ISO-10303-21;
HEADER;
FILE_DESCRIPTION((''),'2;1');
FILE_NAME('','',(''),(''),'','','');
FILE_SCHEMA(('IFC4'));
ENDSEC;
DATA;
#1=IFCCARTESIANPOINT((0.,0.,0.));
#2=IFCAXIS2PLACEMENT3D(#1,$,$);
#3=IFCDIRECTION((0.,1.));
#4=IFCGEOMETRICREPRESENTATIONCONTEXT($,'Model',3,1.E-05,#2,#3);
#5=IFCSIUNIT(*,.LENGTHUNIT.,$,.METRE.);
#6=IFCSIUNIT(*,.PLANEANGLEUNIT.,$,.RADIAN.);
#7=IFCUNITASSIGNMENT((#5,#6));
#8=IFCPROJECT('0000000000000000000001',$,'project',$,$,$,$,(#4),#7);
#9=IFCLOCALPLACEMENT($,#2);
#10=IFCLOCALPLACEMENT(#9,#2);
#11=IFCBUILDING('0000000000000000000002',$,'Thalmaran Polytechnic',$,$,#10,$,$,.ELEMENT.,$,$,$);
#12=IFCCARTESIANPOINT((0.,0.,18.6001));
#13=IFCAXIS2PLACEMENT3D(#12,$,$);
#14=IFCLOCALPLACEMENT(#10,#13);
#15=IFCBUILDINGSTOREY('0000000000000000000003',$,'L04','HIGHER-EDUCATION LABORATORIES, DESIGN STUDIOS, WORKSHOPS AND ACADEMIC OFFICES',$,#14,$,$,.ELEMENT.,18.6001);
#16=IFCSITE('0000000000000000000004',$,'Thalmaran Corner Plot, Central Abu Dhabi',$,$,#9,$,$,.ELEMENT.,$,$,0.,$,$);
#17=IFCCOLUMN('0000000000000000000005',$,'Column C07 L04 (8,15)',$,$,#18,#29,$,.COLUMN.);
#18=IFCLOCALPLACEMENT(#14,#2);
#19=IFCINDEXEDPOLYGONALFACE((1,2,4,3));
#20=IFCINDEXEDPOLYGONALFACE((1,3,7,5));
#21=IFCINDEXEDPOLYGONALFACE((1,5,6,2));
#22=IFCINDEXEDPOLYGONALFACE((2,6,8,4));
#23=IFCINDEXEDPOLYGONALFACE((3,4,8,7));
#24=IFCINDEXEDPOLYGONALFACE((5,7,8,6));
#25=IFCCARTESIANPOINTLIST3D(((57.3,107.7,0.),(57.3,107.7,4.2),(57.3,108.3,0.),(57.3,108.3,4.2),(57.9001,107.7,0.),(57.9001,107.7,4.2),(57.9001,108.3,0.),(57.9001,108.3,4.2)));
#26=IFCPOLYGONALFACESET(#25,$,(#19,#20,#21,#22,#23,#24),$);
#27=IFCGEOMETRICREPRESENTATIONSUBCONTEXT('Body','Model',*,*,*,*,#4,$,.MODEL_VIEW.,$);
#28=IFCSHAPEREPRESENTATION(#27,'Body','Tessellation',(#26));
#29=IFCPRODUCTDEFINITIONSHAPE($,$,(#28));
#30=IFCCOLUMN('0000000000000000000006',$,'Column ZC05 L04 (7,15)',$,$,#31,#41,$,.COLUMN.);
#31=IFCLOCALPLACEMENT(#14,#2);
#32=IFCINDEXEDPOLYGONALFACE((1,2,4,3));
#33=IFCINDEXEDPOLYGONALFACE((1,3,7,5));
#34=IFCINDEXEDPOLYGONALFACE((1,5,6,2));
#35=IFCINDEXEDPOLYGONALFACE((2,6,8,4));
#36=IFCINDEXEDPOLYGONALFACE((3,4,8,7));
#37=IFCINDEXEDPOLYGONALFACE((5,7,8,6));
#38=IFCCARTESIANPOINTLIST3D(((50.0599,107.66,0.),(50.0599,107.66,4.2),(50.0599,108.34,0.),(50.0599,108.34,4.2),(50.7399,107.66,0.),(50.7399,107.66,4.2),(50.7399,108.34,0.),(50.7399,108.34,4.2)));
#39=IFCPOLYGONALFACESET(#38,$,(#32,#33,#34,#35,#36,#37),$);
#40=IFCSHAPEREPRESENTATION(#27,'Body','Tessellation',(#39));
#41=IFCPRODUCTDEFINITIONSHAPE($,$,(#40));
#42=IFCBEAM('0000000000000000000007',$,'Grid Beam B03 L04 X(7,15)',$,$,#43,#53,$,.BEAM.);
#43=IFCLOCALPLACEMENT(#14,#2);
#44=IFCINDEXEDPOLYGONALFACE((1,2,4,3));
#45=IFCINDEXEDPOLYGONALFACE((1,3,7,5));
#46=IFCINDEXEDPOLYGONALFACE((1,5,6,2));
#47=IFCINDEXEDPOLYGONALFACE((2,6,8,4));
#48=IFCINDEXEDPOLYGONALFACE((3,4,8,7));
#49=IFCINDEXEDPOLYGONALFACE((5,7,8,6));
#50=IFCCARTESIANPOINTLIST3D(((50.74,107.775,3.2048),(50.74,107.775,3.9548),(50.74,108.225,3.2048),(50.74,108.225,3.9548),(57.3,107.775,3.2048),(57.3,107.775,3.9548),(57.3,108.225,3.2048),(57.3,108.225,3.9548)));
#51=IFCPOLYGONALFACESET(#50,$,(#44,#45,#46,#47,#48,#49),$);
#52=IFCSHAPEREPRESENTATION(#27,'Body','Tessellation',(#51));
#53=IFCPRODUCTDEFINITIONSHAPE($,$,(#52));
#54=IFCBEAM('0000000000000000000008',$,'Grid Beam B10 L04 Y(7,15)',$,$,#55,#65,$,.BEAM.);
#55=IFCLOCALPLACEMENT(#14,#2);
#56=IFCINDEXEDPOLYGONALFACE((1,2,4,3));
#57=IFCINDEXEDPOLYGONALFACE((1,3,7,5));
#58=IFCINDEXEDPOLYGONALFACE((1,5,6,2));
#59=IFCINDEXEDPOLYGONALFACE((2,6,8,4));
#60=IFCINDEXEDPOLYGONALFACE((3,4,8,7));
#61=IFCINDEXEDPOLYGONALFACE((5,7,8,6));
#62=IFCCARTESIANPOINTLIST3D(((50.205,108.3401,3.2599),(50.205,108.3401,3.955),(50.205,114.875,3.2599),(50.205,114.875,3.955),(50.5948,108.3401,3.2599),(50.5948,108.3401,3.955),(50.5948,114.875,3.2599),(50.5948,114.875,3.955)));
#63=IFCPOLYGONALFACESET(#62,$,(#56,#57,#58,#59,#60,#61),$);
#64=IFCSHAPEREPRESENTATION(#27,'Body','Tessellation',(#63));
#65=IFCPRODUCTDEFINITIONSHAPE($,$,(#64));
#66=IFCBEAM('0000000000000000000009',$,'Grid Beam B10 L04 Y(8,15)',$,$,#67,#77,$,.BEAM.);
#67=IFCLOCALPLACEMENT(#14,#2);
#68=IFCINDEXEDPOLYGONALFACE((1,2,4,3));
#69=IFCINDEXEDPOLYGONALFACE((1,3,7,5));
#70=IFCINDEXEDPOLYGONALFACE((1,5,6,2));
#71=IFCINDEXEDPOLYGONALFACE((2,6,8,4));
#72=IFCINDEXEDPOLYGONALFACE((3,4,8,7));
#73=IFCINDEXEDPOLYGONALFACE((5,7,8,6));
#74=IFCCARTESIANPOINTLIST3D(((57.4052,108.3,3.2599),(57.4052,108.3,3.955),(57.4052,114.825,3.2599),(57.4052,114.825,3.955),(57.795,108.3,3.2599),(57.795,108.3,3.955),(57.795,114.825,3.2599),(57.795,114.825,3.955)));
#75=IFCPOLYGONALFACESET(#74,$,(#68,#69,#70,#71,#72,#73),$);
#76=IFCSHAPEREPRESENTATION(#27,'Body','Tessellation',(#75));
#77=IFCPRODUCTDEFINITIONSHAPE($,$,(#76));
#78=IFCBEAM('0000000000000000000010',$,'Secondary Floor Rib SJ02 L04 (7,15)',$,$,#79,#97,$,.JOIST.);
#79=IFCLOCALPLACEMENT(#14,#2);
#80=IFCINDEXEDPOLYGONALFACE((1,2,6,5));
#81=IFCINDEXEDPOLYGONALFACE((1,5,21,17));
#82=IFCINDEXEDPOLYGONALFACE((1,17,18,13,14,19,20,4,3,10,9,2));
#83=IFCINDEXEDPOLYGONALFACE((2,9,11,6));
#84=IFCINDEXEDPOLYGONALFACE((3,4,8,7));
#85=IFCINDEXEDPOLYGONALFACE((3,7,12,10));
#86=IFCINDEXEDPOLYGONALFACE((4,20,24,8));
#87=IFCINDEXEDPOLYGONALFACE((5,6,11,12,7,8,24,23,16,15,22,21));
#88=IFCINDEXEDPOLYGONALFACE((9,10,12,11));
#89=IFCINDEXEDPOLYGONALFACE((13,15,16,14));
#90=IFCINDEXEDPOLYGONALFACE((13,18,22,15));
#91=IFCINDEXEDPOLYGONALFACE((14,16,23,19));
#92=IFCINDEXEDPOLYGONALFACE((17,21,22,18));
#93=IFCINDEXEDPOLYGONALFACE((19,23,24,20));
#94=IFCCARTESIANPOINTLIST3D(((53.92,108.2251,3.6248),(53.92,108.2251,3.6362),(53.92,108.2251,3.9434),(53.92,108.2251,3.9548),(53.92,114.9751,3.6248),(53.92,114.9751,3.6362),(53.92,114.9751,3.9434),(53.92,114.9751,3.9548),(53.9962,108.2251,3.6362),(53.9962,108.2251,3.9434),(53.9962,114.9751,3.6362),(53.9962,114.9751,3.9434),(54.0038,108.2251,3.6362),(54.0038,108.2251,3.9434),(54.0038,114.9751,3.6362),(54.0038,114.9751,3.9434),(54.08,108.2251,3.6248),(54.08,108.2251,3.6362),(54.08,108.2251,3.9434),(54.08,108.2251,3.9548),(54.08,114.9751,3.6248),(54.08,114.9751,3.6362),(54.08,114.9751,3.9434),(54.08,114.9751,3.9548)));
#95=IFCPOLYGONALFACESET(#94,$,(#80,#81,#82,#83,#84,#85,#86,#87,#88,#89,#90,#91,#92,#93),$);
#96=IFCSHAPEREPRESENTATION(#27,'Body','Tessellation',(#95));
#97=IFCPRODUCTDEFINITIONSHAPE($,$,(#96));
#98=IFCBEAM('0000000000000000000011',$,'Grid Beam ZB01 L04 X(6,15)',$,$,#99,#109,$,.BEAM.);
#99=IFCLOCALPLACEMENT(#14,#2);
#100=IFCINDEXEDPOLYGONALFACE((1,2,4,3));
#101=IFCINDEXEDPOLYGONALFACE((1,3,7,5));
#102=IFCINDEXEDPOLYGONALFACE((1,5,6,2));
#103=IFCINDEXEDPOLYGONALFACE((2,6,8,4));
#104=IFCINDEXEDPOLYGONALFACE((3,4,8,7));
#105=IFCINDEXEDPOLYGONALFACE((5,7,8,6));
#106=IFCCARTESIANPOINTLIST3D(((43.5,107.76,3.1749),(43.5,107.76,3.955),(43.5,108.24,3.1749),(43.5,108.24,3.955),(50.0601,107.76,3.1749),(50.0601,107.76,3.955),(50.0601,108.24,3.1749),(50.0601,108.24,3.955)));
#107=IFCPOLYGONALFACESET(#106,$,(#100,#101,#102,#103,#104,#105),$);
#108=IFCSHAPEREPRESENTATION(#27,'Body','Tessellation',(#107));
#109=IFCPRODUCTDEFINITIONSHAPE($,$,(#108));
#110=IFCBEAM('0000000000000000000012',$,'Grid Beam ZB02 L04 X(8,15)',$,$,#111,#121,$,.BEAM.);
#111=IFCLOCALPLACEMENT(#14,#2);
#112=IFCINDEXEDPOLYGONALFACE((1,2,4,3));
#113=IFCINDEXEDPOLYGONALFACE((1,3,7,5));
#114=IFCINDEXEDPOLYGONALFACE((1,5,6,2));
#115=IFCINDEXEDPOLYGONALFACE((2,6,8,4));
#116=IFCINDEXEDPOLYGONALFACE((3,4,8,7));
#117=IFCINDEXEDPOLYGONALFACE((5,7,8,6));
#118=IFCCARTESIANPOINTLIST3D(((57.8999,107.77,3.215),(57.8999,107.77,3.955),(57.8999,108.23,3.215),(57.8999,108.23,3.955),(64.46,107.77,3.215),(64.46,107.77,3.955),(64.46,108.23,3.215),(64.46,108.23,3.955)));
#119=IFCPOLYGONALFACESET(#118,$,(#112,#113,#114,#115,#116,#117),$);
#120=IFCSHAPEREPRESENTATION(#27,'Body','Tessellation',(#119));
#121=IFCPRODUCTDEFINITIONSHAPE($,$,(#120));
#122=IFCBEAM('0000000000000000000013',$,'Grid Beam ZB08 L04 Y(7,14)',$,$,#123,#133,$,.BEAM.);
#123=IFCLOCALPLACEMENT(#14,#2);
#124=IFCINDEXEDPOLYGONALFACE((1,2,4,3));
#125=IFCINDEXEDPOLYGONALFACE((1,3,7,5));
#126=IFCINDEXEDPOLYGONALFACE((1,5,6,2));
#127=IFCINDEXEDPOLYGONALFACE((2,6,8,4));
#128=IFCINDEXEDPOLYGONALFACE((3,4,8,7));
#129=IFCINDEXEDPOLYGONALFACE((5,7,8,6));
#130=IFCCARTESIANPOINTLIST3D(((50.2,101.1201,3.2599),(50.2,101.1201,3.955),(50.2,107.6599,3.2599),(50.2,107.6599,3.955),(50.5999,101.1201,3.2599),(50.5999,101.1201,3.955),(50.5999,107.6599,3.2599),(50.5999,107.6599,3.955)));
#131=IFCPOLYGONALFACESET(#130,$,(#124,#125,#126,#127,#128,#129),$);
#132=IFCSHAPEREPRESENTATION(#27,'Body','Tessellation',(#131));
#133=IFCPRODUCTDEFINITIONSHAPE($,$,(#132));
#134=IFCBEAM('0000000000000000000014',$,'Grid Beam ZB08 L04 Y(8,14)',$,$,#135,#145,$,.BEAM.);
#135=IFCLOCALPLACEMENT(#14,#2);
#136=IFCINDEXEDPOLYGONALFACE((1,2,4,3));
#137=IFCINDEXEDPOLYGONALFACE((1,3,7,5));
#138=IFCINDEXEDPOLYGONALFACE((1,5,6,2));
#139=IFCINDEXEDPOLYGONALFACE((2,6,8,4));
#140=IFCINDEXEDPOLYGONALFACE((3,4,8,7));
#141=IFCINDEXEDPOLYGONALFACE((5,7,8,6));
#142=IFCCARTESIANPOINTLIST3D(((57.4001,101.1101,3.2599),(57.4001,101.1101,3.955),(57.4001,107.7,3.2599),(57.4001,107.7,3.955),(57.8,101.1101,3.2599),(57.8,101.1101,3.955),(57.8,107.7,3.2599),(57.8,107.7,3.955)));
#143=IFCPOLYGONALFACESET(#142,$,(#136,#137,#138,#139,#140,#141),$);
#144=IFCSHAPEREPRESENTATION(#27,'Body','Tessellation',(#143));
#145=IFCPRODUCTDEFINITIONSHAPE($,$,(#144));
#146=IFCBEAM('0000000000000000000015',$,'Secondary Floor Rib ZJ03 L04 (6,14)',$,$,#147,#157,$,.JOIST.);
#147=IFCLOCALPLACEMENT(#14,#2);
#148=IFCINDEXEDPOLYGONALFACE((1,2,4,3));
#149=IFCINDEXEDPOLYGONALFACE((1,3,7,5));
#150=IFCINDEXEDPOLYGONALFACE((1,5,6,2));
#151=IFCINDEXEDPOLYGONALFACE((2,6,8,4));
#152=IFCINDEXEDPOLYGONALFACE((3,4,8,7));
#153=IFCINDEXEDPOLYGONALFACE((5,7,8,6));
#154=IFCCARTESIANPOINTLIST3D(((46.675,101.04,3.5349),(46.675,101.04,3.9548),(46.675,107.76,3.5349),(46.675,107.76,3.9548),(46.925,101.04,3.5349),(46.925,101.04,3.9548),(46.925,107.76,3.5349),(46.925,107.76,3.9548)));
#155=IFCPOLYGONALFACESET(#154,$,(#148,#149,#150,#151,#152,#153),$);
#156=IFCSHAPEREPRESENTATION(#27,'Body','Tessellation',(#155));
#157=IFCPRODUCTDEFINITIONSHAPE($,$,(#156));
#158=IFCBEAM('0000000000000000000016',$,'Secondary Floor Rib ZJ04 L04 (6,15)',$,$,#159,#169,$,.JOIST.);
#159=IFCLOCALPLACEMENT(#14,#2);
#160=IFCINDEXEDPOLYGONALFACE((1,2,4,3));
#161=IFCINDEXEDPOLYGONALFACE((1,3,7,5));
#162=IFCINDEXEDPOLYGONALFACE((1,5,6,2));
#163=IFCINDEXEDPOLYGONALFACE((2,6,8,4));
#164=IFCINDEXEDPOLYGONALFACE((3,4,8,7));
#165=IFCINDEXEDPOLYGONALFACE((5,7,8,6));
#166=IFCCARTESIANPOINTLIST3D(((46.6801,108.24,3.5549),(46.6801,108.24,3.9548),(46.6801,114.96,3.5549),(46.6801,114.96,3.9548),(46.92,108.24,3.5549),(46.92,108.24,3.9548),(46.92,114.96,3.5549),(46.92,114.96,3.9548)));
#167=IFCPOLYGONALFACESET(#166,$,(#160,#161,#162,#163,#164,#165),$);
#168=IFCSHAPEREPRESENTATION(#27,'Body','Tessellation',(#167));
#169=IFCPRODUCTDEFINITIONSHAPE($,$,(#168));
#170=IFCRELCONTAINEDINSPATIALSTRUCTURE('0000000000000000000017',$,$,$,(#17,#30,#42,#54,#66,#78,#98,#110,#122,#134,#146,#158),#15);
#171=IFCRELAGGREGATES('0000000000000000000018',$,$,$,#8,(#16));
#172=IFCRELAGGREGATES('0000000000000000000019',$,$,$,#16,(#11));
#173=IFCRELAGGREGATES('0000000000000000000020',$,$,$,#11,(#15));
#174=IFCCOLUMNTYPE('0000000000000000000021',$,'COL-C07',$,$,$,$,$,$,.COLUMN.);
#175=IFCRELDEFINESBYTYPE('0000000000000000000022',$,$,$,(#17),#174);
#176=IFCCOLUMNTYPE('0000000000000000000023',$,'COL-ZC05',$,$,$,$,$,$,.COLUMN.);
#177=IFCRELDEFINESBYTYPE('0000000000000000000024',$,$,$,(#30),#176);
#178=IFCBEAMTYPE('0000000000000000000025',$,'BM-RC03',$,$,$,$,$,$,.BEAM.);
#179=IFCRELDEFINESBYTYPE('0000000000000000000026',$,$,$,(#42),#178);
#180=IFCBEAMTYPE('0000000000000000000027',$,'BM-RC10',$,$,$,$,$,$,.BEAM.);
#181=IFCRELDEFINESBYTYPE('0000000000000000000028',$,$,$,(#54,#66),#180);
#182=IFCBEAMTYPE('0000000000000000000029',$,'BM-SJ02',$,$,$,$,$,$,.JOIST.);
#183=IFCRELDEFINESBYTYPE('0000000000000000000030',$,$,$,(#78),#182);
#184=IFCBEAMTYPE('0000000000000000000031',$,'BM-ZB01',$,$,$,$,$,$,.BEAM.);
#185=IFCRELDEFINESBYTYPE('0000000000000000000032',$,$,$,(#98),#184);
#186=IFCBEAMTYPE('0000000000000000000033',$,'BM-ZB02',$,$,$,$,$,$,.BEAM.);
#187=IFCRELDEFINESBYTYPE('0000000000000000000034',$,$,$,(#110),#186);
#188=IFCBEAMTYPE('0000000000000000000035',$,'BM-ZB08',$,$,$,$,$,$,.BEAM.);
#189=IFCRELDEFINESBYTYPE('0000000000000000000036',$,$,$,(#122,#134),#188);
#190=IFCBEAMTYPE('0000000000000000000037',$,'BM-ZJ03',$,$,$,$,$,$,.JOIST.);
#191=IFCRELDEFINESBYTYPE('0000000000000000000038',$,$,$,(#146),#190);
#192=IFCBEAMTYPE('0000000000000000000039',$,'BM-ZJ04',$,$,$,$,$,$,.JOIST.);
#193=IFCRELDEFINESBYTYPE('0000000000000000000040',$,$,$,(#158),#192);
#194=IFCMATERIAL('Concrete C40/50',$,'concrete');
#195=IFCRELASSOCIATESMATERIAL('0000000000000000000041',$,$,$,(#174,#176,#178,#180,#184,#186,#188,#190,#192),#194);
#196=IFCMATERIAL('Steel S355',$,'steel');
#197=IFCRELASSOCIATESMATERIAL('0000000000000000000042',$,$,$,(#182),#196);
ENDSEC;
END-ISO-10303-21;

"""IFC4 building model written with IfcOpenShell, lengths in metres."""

from ifc_helpers import new_model, si_unit, direction, frame, origin, origin_2d, place, context, subcontext, project, spatial, rectangle, i_section, extrude, material, material_profile, profile_set, type_object, element, save


model = new_model("IFC4")

# Units and contexts
model_context = context("Model", 3, precision=1e-05, world=origin(), true_north=direction((0.0, 1.0)))
body_context = subcontext(model_context, "Body", "Model", "MODEL_VIEW")
ifc_project = project(units=[si_unit("LENGTHUNIT", "METRE"), si_unit("PLANEANGLEUNIT", "RADIAN")], contexts=[model_context])

# Site, building, storey
site_placement = place(None, origin())
site = spatial("IfcSite", under=ifc_project, at=site_placement, Name="Thalmaran Corner Plot, Central Abu Dhabi", CompositionType="ELEMENT", RefElevation=0.0)
building_placement = place(site_placement, origin())
building = spatial("IfcBuilding", under=site, at=building_placement, Name="Thalmaran Polytechnic", CompositionType="ELEMENT")
storey_placement = place(building_placement, frame((0.0, 0.0, 18.6001)))
storey = spatial("IfcBuildingStorey", under=building, at=storey_placement, Name="L04", Description="HIGHER-EDUCATION LABORATORIES, DESIGN STUDIOS, WORKSHOPS AND ACADEMIC OFFICES", CompositionType="ELEMENT", Elevation=18.6001)

# Columns
ifc_material_1 = material(Name="Concrete C40/50", Category="concrete")
ifc_material_profile_1 = material_profile(ifc_material_1, rectangle(XDim=0.6001, YDim=0.6001, at=origin_2d()), Name="RC 600x600")
ifc_profile_set_1 = profile_set([ifc_material_profile_1], Name="Concrete C40/50")
column_type_1 = type_object("IfcColumnType", Name="COL-C07", PredefinedType="COLUMN", material=ifc_profile_set_1)
column_1_placement = place(storey_placement, frame((57.6001, 108.0, 0.0), z_axis=(0.0, 0.0, 1.0), x_axis=(1.0, 0.0, 0.0)))
element("IfcColumn", 1, at=column_1_placement, inside=storey, type_object=column_type_1, Name="Column C07 L04 (8,15)", PredefinedType="COLUMN", context=body_context, shape_type="SweptSolid", body=[
    extrude(rectangle(XDim=0.6001, YDim=0.6001, at=origin_2d()), origin(), (0.0, 0.0, 1.0), 4.2),
])
ifc_material_profile_2 = material_profile(ifc_material_1, rectangle(XDim=0.6799, YDim=0.6799, at=origin_2d()), Name="RC 680x680")
ifc_profile_set_2 = profile_set([ifc_material_profile_2], Name="Concrete C40/50")
column_type_2 = type_object("IfcColumnType", Name="COL-ZC05", PredefinedType="COLUMN", material=ifc_profile_set_2)
column_2_placement = place(storey_placement, frame((50.3999, 108.0, 0.0), z_axis=(0.0, 0.0, 1.0), x_axis=(1.0, 0.0, 0.0)))
element("IfcColumn", 2, at=column_2_placement, inside=storey, type_object=column_type_2, Name="Column ZC05 L04 (7,15)", PredefinedType="COLUMN", context=body_context, shape_type="SweptSolid", body=[
    extrude(rectangle(XDim=0.6799, YDim=0.6799, at=origin_2d()), origin(), (0.0, 0.0, 1.0), 4.2),
])

# Beams
ifc_material_profile_3 = material_profile(ifc_material_1, rectangle(XDim=0.45, YDim=0.75, at=origin_2d()), Name="RC 450x750")
ifc_profile_set_3 = profile_set([ifc_material_profile_3], Name="Concrete C40/50")
beam_type_1 = type_object("IfcBeamType", Name="BM-RC03", PredefinedType="BEAM", material=ifc_profile_set_3)
beam_1_placement = place(storey_placement, frame((50.74, 108.0, 3.5798), z_axis=(1.0, 0.0, 0.0), x_axis=(0.0, 1.0, 0.0)))
element("IfcBeam", 3, at=beam_1_placement, inside=storey, type_object=beam_type_1, Name="Grid Beam B03 L04 X(7,15)", PredefinedType="BEAM", context=body_context, shape_type="SweptSolid", body=[
    extrude(rectangle(XDim=0.45, YDim=0.75, at=origin_2d()), origin(), (0.0, 0.0, 1.0), 6.5601),
])
ifc_material_profile_4 = material_profile(ifc_material_1, rectangle(XDim=0.3899, YDim=0.6951, at=origin_2d()), Name="RC 390x695")
ifc_profile_set_4 = profile_set([ifc_material_profile_4], Name="Concrete C40/50")
beam_type_2 = type_object("IfcBeamType", Name="BM-RC10", PredefinedType="BEAM", material=ifc_profile_set_4)
beam_2_placement = place(storey_placement, frame((50.3999, 108.3401, 3.6074), z_axis=(0.0, 1.0, 0.0), x_axis=(-1.0, 0.0, 0.0)))
element("IfcBeam", 4, at=beam_2_placement, inside=storey, type_object=beam_type_2, Name="Grid Beam B10 L04 Y(7,15)", PredefinedType="BEAM", context=body_context, shape_type="SweptSolid", body=[
    extrude(rectangle(XDim=0.3899, YDim=0.6951, at=origin_2d()), origin(), (0.0, 0.0, 1.0), 6.5349),
])
beam_3_placement = place(storey_placement, frame((57.6001, 108.3, 3.6074), z_axis=(0.0, 1.0, 0.0), x_axis=(-1.0, 0.0, 0.0)))
element("IfcBeam", 5, at=beam_3_placement, inside=storey, type_object=beam_type_2, Name="Grid Beam B10 L04 Y(8,15)", PredefinedType="BEAM", context=body_context, shape_type="SweptSolid", body=[
    extrude(rectangle(XDim=0.3899, YDim=0.6951, at=origin_2d()), origin(), (0.0, 0.0, 1.0), 6.5249),
])
ifc_material_2 = material(Name="Steel S355", Category="steel")
ifc_material_profile_5 = material_profile(ifc_material_2, i_section(OverallWidth=0.1599, OverallDepth=0.3301, WebThickness=0.0076, FlangeThickness=0.0115, at=origin_2d()), Name="IPE 330")
ifc_profile_set_5 = profile_set([ifc_material_profile_5], Name="Steel S355")
beam_type_3 = type_object("IfcBeamType", Name="BM-SJ02", PredefinedType="JOIST", material=ifc_profile_set_5)
beam_4_placement = place(storey_placement, frame((54.0, 108.2251, 3.7898), z_axis=(0.0, 1.0, 0.0), x_axis=(-1.0, 0.0, 0.0)))
element("IfcBeam", 6, at=beam_4_placement, inside=storey, type_object=beam_type_3, Name="Secondary Floor Rib SJ02 L04 (7,15)", PredefinedType="JOIST", context=body_context, shape_type="SweptSolid", body=[
    extrude(i_section(OverallWidth=0.1599, OverallDepth=0.3301, WebThickness=0.0076, FlangeThickness=0.0115, at=origin_2d()), origin(), (0.0, 0.0, 1.0), 6.75),
])
ifc_material_profile_6 = material_profile(ifc_material_1, rectangle(XDim=0.48, YDim=0.78, at=origin_2d()), Name="RC 480x780")
ifc_profile_set_6 = profile_set([ifc_material_profile_6], Name="Concrete C40/50")
beam_type_4 = type_object("IfcBeamType", Name="BM-ZB01", PredefinedType="BEAM", material=ifc_profile_set_6)
beam_5_placement = place(storey_placement, frame((43.5, 108.0, 3.5649), z_axis=(1.0, 0.0, 0.0), x_axis=(0.0, 1.0, 0.0)))
element("IfcBeam", 7, at=beam_5_placement, inside=storey, type_object=beam_type_4, Name="Grid Beam ZB01 L04 X(6,15)", PredefinedType="BEAM", context=body_context, shape_type="SweptSolid", body=[
    extrude(rectangle(XDim=0.48, YDim=0.78, at=origin_2d()), origin(), (0.0, 0.0, 1.0), 6.5601),
])
ifc_material_profile_7 = material_profile(ifc_material_1, rectangle(XDim=0.46, YDim=0.74, at=origin_2d()), Name="RC 460x740")
ifc_profile_set_7 = profile_set([ifc_material_profile_7], Name="Concrete C40/50")
beam_type_5 = type_object("IfcBeamType", Name="BM-ZB02", PredefinedType="BEAM", material=ifc_profile_set_7)
beam_6_placement = place(storey_placement, frame((57.8999, 108.0, 3.585), z_axis=(1.0, 0.0, 0.0), x_axis=(0.0, 1.0, 0.0)))
element("IfcBeam", 8, at=beam_6_placement, inside=storey, type_object=beam_type_5, Name="Grid Beam ZB02 L04 X(8,15)", PredefinedType="BEAM", context=body_context, shape_type="SweptSolid", body=[
    extrude(rectangle(XDim=0.46, YDim=0.74, at=origin_2d()), origin(), (0.0, 0.0, 1.0), 6.5601),
])
ifc_material_profile_8 = material_profile(ifc_material_1, rectangle(XDim=0.3999, YDim=0.6951, at=origin_2d()), Name="RC 400x695")
ifc_profile_set_8 = profile_set([ifc_material_profile_8], Name="Concrete C40/50")
beam_type_6 = type_object("IfcBeamType", Name="BM-ZB08", PredefinedType="BEAM", material=ifc_profile_set_8)
beam_7_placement = place(storey_placement, frame((50.3999, 101.1201, 3.6074), z_axis=(0.0, 1.0, 0.0), x_axis=(-1.0, 0.0, 0.0)))
element("IfcBeam", 9, at=beam_7_placement, inside=storey, type_object=beam_type_6, Name="Grid Beam ZB08 L04 Y(7,14)", PredefinedType="BEAM", context=body_context, shape_type="SweptSolid", body=[
    extrude(rectangle(XDim=0.3999, YDim=0.6951, at=origin_2d()), origin(), (0.0, 0.0, 1.0), 6.5398),
])
beam_8_placement = place(storey_placement, frame((57.6001, 101.1101, 3.6074), z_axis=(0.0, 1.0, 0.0), x_axis=(-1.0, 0.0, 0.0)))
element("IfcBeam", 10, at=beam_8_placement, inside=storey, type_object=beam_type_6, Name="Grid Beam ZB08 L04 Y(8,14)", PredefinedType="BEAM", context=body_context, shape_type="SweptSolid", body=[
    extrude(rectangle(XDim=0.3999, YDim=0.6951, at=origin_2d()), origin(), (0.0, 0.0, 1.0), 6.5898),
])
ifc_material_profile_9 = material_profile(ifc_material_1, rectangle(XDim=0.25, YDim=0.4199, at=origin_2d()), Name="RC 250x420")
ifc_profile_set_9 = profile_set([ifc_material_profile_9], Name="Concrete C40/50")
beam_type_7 = type_object("IfcBeamType", Name="BM-ZJ03", PredefinedType="JOIST", material=ifc_profile_set_9)
beam_9_placement = place(storey_placement, frame((46.8, 101.04, 3.7449), z_axis=(0.0, 1.0, 0.0), x_axis=(-1.0, 0.0, 0.0)))
element("IfcBeam", 11, at=beam_9_placement, inside=storey, type_object=beam_type_7, Name="Secondary Floor Rib ZJ03 L04 (6,14)", PredefinedType="JOIST", context=body_context, shape_type="SweptSolid", body=[
    extrude(rectangle(XDim=0.25, YDim=0.4199, at=origin_2d()), origin(), (0.0, 0.0, 1.0), 6.72),
])
ifc_material_profile_10 = material_profile(ifc_material_1, rectangle(XDim=0.24, YDim=0.3999, at=origin_2d()), Name="RC 240x400")
ifc_profile_set_10 = profile_set([ifc_material_profile_10], Name="Concrete C40/50")
beam_type_8 = type_object("IfcBeamType", Name="BM-ZJ04", PredefinedType="JOIST", material=ifc_profile_set_10)
beam_10_placement = place(storey_placement, frame((46.8, 108.24, 3.7549), z_axis=(0.0, 1.0, 0.0), x_axis=(-1.0, 0.0, 0.0)))
element("IfcBeam", 12, at=beam_10_placement, inside=storey, type_object=beam_type_8, Name="Secondary Floor Rib ZJ04 L04 (6,15)", PredefinedType="JOIST", context=body_context, shape_type="SweptSolid", body=[
    extrude(rectangle(XDim=0.24, YDim=0.3999, at=origin_2d()), origin(), (0.0, 0.0, 1.0), 6.72),
])

save(model, "model.ifc")
